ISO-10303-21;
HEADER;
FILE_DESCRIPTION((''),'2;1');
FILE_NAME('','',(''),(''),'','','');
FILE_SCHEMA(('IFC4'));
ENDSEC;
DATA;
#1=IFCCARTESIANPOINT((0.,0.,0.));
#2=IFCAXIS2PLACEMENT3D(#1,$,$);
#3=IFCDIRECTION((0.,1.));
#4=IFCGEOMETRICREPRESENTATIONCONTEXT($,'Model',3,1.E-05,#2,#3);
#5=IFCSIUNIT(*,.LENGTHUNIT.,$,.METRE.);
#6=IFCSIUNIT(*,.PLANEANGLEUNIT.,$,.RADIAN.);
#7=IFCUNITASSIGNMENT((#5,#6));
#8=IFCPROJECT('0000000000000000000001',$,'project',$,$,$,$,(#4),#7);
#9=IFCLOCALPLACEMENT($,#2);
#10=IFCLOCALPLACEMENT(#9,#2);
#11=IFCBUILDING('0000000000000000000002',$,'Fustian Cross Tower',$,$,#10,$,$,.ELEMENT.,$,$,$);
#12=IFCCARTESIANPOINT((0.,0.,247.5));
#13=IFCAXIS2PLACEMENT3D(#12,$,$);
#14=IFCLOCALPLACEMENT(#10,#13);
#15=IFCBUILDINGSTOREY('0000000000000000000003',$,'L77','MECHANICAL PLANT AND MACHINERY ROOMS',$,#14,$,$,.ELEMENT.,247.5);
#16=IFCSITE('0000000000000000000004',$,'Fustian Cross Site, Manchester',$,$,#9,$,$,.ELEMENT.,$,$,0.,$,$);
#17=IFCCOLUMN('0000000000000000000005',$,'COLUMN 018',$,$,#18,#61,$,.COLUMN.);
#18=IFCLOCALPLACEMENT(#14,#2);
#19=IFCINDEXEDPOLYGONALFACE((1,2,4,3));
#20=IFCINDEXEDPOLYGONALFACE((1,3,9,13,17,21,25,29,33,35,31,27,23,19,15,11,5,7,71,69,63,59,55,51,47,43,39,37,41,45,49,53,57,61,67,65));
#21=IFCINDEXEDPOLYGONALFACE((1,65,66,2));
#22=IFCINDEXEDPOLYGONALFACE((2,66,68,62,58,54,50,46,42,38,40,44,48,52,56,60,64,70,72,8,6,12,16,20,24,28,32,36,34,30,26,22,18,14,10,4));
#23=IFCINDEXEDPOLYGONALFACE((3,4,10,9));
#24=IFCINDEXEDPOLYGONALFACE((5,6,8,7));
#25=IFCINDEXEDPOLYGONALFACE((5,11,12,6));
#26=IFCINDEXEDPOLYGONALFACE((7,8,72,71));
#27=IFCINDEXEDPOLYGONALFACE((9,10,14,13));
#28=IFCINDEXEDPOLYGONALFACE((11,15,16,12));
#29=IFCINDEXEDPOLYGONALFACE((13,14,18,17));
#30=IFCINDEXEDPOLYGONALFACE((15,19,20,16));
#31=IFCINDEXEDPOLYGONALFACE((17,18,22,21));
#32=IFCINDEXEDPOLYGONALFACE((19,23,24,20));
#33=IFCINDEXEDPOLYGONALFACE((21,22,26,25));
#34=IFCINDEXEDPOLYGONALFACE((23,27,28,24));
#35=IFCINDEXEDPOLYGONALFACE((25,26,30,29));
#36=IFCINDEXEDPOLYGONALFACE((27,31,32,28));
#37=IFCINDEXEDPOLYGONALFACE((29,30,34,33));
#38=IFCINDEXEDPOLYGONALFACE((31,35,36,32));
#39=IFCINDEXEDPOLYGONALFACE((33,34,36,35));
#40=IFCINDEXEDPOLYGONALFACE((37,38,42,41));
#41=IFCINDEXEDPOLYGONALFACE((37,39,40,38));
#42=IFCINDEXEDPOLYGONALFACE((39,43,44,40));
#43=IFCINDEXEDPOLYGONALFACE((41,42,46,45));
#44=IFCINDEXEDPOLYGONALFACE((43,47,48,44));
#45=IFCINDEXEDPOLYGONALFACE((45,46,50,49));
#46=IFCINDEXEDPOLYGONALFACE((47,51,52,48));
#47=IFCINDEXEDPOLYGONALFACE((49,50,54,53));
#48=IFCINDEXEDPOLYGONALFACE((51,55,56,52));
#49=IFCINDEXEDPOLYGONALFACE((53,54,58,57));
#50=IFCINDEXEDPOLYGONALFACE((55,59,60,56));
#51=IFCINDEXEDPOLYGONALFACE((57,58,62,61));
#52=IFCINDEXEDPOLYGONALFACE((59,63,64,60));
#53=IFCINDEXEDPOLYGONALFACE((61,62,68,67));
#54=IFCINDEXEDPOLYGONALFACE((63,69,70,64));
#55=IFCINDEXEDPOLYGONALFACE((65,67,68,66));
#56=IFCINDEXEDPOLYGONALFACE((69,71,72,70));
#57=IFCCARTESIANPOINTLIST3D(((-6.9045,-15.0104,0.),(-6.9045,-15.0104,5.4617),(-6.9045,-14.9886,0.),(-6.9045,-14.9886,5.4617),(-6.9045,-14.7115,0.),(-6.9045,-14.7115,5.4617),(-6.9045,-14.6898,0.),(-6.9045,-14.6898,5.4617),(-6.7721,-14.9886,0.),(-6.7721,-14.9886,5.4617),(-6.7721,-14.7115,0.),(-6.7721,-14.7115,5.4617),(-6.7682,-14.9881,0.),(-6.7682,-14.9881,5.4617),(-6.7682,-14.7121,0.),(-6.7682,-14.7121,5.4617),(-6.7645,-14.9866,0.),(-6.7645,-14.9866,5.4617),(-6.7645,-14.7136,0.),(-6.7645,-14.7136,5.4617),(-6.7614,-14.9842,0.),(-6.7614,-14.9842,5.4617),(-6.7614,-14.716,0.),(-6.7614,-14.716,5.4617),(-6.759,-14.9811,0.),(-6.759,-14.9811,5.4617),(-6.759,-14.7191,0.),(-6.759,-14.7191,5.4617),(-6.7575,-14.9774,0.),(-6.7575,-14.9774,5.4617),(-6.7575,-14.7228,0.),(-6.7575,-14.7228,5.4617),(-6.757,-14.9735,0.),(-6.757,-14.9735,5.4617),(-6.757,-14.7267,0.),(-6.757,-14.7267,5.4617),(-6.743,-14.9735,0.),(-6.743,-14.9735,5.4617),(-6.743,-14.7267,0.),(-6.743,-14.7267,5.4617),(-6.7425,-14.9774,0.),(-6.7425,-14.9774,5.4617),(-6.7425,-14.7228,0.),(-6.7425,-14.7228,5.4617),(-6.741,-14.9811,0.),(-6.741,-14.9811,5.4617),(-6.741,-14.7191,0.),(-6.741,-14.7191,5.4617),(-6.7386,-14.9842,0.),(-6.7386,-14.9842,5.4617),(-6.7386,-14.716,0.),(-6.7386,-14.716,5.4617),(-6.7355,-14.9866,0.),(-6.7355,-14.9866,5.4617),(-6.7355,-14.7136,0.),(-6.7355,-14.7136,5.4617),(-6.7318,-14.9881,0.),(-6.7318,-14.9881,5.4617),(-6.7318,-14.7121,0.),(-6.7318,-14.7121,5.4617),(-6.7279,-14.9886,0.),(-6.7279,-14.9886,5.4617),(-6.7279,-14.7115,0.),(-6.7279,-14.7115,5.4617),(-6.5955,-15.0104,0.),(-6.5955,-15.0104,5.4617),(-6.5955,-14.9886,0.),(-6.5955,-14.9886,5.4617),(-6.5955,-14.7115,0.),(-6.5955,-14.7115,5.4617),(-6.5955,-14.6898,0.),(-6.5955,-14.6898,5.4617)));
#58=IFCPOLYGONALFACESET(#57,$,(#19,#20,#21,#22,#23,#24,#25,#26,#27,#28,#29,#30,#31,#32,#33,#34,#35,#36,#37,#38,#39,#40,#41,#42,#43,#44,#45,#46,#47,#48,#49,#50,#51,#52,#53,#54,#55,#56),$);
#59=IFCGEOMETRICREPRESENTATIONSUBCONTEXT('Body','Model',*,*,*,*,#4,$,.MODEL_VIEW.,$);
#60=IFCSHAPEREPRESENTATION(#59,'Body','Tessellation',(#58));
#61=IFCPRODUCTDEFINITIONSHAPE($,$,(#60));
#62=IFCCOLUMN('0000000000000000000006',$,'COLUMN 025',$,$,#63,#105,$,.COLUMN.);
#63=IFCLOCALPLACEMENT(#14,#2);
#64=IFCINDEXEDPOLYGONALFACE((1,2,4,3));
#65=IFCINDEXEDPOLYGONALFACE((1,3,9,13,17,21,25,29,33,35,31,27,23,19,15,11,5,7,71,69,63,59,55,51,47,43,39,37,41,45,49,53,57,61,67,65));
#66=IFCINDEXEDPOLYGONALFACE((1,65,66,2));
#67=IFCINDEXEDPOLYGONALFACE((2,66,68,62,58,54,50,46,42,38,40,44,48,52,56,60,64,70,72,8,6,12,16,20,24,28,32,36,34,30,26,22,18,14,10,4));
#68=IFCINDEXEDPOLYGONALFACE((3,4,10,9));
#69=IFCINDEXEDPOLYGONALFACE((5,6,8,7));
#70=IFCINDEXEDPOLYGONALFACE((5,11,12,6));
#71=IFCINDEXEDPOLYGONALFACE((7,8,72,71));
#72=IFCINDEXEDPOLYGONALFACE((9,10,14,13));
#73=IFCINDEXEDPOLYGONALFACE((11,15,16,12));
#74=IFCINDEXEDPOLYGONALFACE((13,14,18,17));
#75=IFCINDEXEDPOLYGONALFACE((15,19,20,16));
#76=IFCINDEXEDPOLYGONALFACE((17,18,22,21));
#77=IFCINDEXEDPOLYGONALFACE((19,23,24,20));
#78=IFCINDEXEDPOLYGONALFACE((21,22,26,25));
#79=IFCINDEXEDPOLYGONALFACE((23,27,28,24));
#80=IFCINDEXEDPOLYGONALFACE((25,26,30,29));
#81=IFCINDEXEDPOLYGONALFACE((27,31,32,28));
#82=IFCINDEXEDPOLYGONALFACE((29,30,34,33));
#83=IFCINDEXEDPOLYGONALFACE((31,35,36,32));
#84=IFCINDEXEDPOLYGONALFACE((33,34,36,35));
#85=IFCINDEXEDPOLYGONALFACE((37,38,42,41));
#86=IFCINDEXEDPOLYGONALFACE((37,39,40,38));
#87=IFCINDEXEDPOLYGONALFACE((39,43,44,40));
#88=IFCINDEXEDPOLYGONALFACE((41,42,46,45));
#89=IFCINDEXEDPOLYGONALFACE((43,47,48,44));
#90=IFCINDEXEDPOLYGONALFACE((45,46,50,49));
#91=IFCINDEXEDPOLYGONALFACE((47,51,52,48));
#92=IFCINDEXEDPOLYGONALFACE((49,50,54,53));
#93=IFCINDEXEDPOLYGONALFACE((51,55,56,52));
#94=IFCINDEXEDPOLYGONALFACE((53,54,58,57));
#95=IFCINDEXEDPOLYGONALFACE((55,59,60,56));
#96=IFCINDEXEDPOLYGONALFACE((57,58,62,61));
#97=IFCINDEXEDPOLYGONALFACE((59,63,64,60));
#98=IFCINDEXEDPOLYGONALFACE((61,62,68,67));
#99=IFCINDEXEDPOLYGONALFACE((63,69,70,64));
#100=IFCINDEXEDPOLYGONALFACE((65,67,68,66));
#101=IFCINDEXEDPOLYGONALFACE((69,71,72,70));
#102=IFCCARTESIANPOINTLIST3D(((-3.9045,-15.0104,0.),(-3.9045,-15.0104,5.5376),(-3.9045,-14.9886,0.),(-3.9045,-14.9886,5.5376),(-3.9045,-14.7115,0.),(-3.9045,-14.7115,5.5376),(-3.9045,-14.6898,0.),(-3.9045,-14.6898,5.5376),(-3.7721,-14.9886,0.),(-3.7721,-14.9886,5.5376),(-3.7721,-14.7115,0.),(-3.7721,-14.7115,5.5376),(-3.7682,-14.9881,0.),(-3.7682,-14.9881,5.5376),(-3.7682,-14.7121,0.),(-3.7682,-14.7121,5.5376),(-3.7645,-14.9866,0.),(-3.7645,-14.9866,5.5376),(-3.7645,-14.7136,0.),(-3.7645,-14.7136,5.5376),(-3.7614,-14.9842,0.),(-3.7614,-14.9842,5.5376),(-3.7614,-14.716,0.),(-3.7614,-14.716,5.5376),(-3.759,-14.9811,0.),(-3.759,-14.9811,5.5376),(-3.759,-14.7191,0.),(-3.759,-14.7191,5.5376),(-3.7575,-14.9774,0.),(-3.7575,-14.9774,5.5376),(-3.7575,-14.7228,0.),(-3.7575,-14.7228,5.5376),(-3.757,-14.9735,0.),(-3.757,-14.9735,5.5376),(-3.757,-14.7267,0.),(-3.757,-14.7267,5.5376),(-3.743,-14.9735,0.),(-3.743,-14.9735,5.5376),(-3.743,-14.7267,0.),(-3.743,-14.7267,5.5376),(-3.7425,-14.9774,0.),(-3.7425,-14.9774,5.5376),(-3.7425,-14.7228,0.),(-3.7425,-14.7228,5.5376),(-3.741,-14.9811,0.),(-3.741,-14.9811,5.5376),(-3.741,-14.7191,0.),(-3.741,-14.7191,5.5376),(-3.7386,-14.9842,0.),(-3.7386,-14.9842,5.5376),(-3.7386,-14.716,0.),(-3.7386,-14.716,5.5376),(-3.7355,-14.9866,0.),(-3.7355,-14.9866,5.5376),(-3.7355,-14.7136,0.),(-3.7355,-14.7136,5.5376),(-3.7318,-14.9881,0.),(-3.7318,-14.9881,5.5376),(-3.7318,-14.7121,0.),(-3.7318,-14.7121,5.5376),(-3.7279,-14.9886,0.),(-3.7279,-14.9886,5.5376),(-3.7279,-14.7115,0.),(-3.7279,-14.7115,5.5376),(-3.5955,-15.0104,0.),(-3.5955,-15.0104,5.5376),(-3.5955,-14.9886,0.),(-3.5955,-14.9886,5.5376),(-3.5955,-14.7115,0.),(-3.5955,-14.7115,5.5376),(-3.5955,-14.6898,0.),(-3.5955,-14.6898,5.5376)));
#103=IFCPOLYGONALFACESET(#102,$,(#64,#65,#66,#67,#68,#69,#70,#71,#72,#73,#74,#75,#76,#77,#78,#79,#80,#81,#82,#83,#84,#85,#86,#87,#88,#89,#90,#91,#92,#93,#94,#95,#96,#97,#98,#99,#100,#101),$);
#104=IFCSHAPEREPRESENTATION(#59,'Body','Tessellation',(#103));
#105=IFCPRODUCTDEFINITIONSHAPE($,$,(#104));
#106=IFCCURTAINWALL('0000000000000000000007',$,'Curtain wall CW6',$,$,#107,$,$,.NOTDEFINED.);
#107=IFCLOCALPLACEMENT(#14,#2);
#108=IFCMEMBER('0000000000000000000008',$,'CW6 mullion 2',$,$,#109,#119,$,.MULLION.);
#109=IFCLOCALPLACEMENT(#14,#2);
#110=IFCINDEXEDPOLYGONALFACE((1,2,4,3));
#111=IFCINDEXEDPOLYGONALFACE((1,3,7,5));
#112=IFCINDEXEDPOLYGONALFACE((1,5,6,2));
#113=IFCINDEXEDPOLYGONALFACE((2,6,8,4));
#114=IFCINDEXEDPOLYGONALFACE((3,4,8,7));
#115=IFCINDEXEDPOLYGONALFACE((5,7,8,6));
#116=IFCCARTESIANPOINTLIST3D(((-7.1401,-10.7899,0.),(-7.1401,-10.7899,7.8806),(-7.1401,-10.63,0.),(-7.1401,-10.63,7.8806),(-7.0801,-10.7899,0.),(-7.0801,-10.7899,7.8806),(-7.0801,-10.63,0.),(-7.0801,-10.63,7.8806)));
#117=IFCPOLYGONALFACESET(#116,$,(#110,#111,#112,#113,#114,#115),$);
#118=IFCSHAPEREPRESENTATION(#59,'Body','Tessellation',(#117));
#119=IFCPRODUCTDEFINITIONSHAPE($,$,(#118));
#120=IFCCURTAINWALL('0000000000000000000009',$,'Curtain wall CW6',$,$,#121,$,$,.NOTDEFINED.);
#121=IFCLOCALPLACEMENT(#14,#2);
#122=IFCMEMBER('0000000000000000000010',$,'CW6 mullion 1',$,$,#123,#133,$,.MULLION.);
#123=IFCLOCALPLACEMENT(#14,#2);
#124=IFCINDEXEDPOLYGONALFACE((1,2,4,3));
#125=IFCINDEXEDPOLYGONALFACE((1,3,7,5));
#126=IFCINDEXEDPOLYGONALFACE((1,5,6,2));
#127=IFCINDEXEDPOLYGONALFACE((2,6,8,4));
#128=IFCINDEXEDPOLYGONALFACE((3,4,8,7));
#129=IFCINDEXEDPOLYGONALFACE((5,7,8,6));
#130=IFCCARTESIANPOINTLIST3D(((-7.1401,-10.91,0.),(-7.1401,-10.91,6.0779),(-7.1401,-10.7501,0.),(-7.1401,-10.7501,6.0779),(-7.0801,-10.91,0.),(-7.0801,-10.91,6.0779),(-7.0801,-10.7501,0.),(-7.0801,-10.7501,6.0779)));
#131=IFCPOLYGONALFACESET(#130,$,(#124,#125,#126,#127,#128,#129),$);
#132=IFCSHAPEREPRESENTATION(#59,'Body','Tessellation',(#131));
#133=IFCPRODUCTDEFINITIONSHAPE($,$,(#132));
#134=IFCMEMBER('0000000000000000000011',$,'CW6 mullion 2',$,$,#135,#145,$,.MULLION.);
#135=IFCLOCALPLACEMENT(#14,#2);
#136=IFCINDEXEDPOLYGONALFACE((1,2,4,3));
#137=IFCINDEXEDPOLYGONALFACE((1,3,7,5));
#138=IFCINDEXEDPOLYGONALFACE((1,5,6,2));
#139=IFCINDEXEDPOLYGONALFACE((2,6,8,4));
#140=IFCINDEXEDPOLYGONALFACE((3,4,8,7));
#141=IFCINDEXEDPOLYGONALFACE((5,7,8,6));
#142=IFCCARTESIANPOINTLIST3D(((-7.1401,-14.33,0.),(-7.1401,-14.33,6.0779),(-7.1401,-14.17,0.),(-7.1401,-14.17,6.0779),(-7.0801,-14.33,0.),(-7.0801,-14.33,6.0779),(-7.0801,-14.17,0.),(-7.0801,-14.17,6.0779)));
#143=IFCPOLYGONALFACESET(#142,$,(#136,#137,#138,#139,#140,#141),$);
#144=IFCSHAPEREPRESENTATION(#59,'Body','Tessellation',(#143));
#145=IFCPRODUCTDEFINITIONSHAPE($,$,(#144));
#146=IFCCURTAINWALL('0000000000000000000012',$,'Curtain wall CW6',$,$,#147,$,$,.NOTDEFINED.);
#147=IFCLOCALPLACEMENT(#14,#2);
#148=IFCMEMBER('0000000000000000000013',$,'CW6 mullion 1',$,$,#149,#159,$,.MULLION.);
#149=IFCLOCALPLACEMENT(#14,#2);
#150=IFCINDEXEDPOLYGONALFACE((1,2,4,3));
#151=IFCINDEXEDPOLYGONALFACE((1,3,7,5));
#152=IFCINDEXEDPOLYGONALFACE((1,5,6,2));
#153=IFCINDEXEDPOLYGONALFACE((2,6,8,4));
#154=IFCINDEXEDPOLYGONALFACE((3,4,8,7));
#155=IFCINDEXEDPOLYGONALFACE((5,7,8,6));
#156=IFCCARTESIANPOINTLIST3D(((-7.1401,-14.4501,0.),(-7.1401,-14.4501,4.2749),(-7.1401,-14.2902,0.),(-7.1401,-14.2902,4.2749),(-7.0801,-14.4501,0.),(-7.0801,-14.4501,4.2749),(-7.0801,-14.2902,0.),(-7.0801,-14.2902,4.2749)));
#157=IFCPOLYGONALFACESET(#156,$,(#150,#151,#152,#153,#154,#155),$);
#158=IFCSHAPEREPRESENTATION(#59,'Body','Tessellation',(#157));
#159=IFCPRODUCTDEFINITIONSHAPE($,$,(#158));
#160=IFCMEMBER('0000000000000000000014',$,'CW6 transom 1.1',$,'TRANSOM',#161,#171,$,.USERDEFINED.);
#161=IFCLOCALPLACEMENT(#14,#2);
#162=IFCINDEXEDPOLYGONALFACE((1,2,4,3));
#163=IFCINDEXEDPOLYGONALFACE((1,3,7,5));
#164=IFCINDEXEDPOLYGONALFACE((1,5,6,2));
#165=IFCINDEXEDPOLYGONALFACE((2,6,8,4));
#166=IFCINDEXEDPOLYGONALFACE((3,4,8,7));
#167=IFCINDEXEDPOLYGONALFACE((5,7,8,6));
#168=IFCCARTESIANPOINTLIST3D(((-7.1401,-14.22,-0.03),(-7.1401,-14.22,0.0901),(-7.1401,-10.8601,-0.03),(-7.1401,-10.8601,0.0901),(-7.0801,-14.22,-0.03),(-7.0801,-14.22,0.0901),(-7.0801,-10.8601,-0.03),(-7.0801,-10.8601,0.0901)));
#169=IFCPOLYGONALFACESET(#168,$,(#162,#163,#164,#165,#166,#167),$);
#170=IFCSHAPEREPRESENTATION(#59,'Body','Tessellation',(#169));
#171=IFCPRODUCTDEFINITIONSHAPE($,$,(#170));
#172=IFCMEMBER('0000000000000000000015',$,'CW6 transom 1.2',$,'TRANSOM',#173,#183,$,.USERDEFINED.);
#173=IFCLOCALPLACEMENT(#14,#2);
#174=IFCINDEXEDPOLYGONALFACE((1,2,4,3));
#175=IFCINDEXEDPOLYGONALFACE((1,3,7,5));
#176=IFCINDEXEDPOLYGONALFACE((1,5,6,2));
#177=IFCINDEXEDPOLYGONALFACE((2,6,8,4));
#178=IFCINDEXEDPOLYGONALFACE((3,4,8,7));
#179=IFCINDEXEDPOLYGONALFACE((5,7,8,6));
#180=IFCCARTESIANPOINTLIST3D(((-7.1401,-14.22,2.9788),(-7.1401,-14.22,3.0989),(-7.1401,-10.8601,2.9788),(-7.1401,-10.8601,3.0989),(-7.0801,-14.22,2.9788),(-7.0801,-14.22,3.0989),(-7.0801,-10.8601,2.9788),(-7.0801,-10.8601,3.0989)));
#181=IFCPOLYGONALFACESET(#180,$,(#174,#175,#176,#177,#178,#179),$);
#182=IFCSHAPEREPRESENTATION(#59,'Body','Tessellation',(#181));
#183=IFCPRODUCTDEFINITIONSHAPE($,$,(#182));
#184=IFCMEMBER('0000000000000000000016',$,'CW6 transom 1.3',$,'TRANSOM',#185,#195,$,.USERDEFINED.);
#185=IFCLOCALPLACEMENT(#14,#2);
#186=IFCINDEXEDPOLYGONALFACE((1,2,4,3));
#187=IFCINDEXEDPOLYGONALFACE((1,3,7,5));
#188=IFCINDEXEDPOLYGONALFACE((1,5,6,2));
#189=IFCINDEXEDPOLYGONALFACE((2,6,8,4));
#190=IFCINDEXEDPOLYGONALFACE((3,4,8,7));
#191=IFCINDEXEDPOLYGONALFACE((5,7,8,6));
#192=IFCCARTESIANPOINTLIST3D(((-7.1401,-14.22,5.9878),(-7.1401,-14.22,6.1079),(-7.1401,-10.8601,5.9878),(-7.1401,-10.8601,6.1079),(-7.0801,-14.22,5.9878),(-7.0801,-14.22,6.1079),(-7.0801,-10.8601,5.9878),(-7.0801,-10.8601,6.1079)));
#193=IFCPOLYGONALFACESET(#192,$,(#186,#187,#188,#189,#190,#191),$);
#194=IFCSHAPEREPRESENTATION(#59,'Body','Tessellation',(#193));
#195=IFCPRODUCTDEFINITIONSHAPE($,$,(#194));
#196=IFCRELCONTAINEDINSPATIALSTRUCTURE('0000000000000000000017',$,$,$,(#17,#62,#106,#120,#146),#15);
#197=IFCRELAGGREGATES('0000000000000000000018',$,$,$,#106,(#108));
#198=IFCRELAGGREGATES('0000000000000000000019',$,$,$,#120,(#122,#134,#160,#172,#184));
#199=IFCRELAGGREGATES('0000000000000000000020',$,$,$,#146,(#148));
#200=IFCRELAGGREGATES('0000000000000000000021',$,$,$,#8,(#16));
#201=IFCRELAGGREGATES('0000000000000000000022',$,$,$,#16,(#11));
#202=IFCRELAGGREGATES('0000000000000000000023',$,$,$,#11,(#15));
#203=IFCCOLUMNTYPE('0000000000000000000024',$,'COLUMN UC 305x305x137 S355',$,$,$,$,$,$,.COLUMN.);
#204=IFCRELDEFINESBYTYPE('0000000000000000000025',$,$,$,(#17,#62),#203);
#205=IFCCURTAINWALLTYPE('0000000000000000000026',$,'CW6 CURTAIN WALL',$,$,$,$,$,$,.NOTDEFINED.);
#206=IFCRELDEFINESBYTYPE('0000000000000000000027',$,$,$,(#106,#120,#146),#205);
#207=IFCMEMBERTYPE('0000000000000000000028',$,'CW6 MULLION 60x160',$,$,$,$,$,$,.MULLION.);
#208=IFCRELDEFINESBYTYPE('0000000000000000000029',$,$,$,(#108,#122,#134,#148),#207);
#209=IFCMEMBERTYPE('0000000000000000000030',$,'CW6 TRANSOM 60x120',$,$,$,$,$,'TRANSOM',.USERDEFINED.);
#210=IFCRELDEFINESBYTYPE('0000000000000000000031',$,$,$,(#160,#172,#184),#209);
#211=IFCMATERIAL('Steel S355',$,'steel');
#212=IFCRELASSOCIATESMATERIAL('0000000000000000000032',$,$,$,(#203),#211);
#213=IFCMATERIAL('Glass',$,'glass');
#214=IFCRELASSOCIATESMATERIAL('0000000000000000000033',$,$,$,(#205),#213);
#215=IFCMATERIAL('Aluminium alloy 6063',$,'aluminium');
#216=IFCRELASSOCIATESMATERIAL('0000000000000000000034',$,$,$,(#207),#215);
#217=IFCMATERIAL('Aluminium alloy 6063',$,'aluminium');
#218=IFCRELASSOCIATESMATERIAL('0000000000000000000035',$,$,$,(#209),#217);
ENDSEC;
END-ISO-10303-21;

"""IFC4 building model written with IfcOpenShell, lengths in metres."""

from ifc_helpers import new_model, si_unit, direction, frame, origin, origin_2d, place, context, subcontext, project, spatial, rectangle, i_section, extrude, material, material_profile, profile_set, type_object, element, aggregate, save


model = new_model("IFC4")

# Units and contexts
model_context = context("Model", 3, precision=1e-05, world=origin(), true_north=direction((0.0, 1.0)))
body_context = subcontext(model_context, "Body", "Model", "MODEL_VIEW")
ifc_project = project(units=[si_unit("LENGTHUNIT", "METRE"), si_unit("PLANEANGLEUNIT", "RADIAN")], contexts=[model_context])

# Site, building, storey
site_placement = place(None, origin())
site = spatial("IfcSite", under=ifc_project, at=site_placement, Name="Fustian Cross Site, Manchester", CompositionType="ELEMENT", RefElevation=0.0)
building_placement = place(site_placement, origin())
building = spatial("IfcBuilding", under=site, at=building_placement, Name="Fustian Cross Tower", CompositionType="ELEMENT")
storey_placement = place(building_placement, frame((0.0, 0.0, 247.5)))
storey = spatial("IfcBuildingStorey", under=building, at=storey_placement, Name="L77", Description="MECHANICAL PLANT AND MACHINERY ROOMS", CompositionType="ELEMENT", Elevation=247.5)

# Columns
ifc_material_1 = material(Name="Steel S355", Category="steel")
ifc_material_profile_1 = material_profile(ifc_material_1, i_section(OverallWidth=0.3091, OverallDepth=0.3206, WebThickness=0.0139, FlangeThickness=0.0217, FilletRadius=0.0151, at=origin_2d()), Name="UC 305x305x137")
ifc_profile_set_1 = profile_set([ifc_material_profile_1], Name="Steel S355")
column_type = type_object("IfcColumnType", Name="COLUMN UC 305x305x137 S355", PredefinedType="COLUMN", material=ifc_profile_set_1)
column_1_placement = place(storey_placement, frame((-6.75, -14.8501, 0.0), z_axis=(0.0, 0.0, 1.0), x_axis=(1.0, 0.0, 0.0)))
element("IfcColumn", 1, at=column_1_placement, inside=storey, type_object=column_type, Name="COLUMN 018", PredefinedType="COLUMN", context=body_context, shape_type="SweptSolid", body=[
    extrude(i_section(OverallWidth=0.3091, OverallDepth=0.3206, WebThickness=0.0139, FlangeThickness=0.0217, FilletRadius=0.0151, at=origin_2d()), origin(), (0.0, 0.0, 1.0), 5.4617),
])
column_2_placement = place(storey_placement, frame((-3.75, -14.8501, 0.0), z_axis=(0.0, 0.0, 1.0), x_axis=(1.0, 0.0, 0.0)))
element("IfcColumn", 2, at=column_2_placement, inside=storey, type_object=column_type, Name="COLUMN 025", PredefinedType="COLUMN", context=body_context, shape_type="SweptSolid", body=[
    extrude(i_section(OverallWidth=0.3091, OverallDepth=0.3206, WebThickness=0.0139, FlangeThickness=0.0217, FilletRadius=0.0151, at=origin_2d()), origin(), (0.0, 0.0, 1.0), 5.5376),
])

# Curtain wall, member
ifc_material_2 = material(Name="Glass", Category="glass")
curtain_wall_type = type_object("IfcCurtainWallType", Name="CW6 CURTAIN WALL", PredefinedType="NOTDEFINED", material=ifc_material_2)
curtain_wall_1_placement = place(storey_placement, origin())
curtain_wall_1 = element("IfcCurtainWall", 3, at=curtain_wall_1_placement, inside=storey, type_object=curtain_wall_type, Name="Curtain wall CW6", PredefinedType="NOTDEFINED")
ifc_material_3 = material(Name="Aluminium alloy 6063", Category="aluminium")
ifc_material_profile_2 = material_profile(ifc_material_3, rectangle(XDim=0.0601, YDim=0.1599, at=origin_2d()), Name="CW6 MULLION 60x160")
ifc_profile_set_2 = profile_set([ifc_material_profile_2], Name="Aluminium alloy 6063")
member_type_1 = type_object("IfcMemberType", Name="CW6 MULLION 60x160", PredefinedType="MULLION", material=ifc_profile_set_2)
member_1_placement = place(storey_placement, frame((-7.1101, -10.71, 0.0), z_axis=(0.0, 0.0, 1.0), x_axis=(1.0, 0.0, 0.0)))
member_1 = element("IfcMember", 4, at=member_1_placement, type_object=member_type_1, Name="CW6 mullion 2", PredefinedType="MULLION", context=body_context, shape_type="SweptSolid", body=[
    extrude(rectangle(XDim=0.0601, YDim=0.1599, at=origin_2d()), origin(), (0.0, 0.0, 1.0), 7.8806),
])
aggregate(curtain_wall_1, [member_1])

# Curtain wall, members
curtain_wall_2_placement = place(storey_placement, origin())
curtain_wall_2 = element("IfcCurtainWall", 5, at=curtain_wall_2_placement, inside=storey, type_object=curtain_wall_type, Name="Curtain wall CW6", PredefinedType="NOTDEFINED")
member_2_placement = place(storey_placement, frame((-7.1101, -10.8301, 0.0), z_axis=(0.0, 0.0, 1.0), x_axis=(1.0, 0.0, 0.0)))
member_2 = element("IfcMember", 6, at=member_2_placement, type_object=member_type_1, Name="CW6 mullion 1", PredefinedType="MULLION", context=body_context, shape_type="SweptSolid", body=[
    extrude(rectangle(XDim=0.0601, YDim=0.1599, at=origin_2d()), origin(), (0.0, 0.0, 1.0), 6.0779),
])
member_3_placement = place(storey_placement, frame((-7.1101, -14.25, 0.0), z_axis=(0.0, 0.0, 1.0), x_axis=(1.0, 0.0, 0.0)))
member_3 = element("IfcMember", 7, at=member_3_placement, type_object=member_type_1, Name="CW6 mullion 2", PredefinedType="MULLION", context=body_context, shape_type="SweptSolid", body=[
    extrude(rectangle(XDim=0.0601, YDim=0.1599, at=origin_2d()), origin(), (0.0, 0.0, 1.0), 6.0779),
])

# Curtain wall, member
curtain_wall_3_placement = place(storey_placement, origin())
curtain_wall_3 = element("IfcCurtainWall", 8, at=curtain_wall_3_placement, inside=storey, type_object=curtain_wall_type, Name="Curtain wall CW6", PredefinedType="NOTDEFINED")
member_4_placement = place(storey_placement, frame((-7.1101, -14.3701, 0.0), z_axis=(0.0, 0.0, 1.0), x_axis=(1.0, 0.0, 0.0)))
member_4 = element("IfcMember", 9, at=member_4_placement, type_object=member_type_1, Name="CW6 mullion 1", PredefinedType="MULLION", context=body_context, shape_type="SweptSolid", body=[
    extrude(rectangle(XDim=0.0601, YDim=0.1599, at=origin_2d()), origin(), (0.0, 0.0, 1.0), 4.2749),
])

# Members
ifc_material_4 = material(Name="Aluminium alloy 6063", Category="aluminium")
ifc_material_profile_3 = material_profile(ifc_material_4, rectangle(XDim=0.0601, YDim=0.1201, at=origin_2d()), Name="CW6 TRANSOM 60x120")
ifc_profile_set_3 = profile_set([ifc_material_profile_3], Name="Aluminium alloy 6063")
member_type_2 = type_object("IfcMemberType", Name="CW6 TRANSOM 60x120", ElementType="TRANSOM", PredefinedType="USERDEFINED", material=ifc_profile_set_3)
member_5_placement = place(storey_placement, frame((-7.1101, -10.8601, 0.03), z_axis=(0.0, -1.0, 0.0), x_axis=(1.0, 0.0, 0.0)))
member_5 = element("IfcMember", 10, at=member_5_placement, type_object=member_type_2, Name="CW6 transom 1.1", ObjectType="TRANSOM", PredefinedType="USERDEFINED", context=body_context, shape_type="SweptSolid", body=[
    extrude(rectangle(XDim=0.0601, YDim=0.1201, at=origin_2d()), origin(), (0.0, 0.0, 1.0), 3.3599),
])
member_6_placement = place(storey_placement, frame((-7.1101, -10.8601, 3.0388), z_axis=(0.0, -1.0, 0.0), x_axis=(1.0, 0.0, 0.0)))
member_6 = element("IfcMember", 11, at=member_6_placement, type_object=member_type_2, Name="CW6 transom 1.2", ObjectType="TRANSOM", PredefinedType="USERDEFINED", context=body_context, shape_type="SweptSolid", body=[
    extrude(rectangle(XDim=0.0601, YDim=0.1201, at=origin_2d()), origin(), (0.0, 0.0, 1.0), 3.3599),
])
member_7_placement = place(storey_placement, frame((-7.1101, -10.8601, 6.0479), z_axis=(0.0, -1.0, 0.0), x_axis=(1.0, 0.0, 0.0)))
member_7 = element("IfcMember", 12, at=member_7_placement, type_object=member_type_2, Name="CW6 transom 1.3", ObjectType="TRANSOM", PredefinedType="USERDEFINED", context=body_context, shape_type="SweptSolid", body=[
    extrude(rectangle(XDim=0.0601, YDim=0.1201, at=origin_2d()), origin(), (0.0, 0.0, 1.0), 3.3599),
])

aggregate(curtain_wall_2, [member_2, member_3, member_5, member_6, member_7])
aggregate(curtain_wall_3, [member_4])

save(model, "model.ifc")
